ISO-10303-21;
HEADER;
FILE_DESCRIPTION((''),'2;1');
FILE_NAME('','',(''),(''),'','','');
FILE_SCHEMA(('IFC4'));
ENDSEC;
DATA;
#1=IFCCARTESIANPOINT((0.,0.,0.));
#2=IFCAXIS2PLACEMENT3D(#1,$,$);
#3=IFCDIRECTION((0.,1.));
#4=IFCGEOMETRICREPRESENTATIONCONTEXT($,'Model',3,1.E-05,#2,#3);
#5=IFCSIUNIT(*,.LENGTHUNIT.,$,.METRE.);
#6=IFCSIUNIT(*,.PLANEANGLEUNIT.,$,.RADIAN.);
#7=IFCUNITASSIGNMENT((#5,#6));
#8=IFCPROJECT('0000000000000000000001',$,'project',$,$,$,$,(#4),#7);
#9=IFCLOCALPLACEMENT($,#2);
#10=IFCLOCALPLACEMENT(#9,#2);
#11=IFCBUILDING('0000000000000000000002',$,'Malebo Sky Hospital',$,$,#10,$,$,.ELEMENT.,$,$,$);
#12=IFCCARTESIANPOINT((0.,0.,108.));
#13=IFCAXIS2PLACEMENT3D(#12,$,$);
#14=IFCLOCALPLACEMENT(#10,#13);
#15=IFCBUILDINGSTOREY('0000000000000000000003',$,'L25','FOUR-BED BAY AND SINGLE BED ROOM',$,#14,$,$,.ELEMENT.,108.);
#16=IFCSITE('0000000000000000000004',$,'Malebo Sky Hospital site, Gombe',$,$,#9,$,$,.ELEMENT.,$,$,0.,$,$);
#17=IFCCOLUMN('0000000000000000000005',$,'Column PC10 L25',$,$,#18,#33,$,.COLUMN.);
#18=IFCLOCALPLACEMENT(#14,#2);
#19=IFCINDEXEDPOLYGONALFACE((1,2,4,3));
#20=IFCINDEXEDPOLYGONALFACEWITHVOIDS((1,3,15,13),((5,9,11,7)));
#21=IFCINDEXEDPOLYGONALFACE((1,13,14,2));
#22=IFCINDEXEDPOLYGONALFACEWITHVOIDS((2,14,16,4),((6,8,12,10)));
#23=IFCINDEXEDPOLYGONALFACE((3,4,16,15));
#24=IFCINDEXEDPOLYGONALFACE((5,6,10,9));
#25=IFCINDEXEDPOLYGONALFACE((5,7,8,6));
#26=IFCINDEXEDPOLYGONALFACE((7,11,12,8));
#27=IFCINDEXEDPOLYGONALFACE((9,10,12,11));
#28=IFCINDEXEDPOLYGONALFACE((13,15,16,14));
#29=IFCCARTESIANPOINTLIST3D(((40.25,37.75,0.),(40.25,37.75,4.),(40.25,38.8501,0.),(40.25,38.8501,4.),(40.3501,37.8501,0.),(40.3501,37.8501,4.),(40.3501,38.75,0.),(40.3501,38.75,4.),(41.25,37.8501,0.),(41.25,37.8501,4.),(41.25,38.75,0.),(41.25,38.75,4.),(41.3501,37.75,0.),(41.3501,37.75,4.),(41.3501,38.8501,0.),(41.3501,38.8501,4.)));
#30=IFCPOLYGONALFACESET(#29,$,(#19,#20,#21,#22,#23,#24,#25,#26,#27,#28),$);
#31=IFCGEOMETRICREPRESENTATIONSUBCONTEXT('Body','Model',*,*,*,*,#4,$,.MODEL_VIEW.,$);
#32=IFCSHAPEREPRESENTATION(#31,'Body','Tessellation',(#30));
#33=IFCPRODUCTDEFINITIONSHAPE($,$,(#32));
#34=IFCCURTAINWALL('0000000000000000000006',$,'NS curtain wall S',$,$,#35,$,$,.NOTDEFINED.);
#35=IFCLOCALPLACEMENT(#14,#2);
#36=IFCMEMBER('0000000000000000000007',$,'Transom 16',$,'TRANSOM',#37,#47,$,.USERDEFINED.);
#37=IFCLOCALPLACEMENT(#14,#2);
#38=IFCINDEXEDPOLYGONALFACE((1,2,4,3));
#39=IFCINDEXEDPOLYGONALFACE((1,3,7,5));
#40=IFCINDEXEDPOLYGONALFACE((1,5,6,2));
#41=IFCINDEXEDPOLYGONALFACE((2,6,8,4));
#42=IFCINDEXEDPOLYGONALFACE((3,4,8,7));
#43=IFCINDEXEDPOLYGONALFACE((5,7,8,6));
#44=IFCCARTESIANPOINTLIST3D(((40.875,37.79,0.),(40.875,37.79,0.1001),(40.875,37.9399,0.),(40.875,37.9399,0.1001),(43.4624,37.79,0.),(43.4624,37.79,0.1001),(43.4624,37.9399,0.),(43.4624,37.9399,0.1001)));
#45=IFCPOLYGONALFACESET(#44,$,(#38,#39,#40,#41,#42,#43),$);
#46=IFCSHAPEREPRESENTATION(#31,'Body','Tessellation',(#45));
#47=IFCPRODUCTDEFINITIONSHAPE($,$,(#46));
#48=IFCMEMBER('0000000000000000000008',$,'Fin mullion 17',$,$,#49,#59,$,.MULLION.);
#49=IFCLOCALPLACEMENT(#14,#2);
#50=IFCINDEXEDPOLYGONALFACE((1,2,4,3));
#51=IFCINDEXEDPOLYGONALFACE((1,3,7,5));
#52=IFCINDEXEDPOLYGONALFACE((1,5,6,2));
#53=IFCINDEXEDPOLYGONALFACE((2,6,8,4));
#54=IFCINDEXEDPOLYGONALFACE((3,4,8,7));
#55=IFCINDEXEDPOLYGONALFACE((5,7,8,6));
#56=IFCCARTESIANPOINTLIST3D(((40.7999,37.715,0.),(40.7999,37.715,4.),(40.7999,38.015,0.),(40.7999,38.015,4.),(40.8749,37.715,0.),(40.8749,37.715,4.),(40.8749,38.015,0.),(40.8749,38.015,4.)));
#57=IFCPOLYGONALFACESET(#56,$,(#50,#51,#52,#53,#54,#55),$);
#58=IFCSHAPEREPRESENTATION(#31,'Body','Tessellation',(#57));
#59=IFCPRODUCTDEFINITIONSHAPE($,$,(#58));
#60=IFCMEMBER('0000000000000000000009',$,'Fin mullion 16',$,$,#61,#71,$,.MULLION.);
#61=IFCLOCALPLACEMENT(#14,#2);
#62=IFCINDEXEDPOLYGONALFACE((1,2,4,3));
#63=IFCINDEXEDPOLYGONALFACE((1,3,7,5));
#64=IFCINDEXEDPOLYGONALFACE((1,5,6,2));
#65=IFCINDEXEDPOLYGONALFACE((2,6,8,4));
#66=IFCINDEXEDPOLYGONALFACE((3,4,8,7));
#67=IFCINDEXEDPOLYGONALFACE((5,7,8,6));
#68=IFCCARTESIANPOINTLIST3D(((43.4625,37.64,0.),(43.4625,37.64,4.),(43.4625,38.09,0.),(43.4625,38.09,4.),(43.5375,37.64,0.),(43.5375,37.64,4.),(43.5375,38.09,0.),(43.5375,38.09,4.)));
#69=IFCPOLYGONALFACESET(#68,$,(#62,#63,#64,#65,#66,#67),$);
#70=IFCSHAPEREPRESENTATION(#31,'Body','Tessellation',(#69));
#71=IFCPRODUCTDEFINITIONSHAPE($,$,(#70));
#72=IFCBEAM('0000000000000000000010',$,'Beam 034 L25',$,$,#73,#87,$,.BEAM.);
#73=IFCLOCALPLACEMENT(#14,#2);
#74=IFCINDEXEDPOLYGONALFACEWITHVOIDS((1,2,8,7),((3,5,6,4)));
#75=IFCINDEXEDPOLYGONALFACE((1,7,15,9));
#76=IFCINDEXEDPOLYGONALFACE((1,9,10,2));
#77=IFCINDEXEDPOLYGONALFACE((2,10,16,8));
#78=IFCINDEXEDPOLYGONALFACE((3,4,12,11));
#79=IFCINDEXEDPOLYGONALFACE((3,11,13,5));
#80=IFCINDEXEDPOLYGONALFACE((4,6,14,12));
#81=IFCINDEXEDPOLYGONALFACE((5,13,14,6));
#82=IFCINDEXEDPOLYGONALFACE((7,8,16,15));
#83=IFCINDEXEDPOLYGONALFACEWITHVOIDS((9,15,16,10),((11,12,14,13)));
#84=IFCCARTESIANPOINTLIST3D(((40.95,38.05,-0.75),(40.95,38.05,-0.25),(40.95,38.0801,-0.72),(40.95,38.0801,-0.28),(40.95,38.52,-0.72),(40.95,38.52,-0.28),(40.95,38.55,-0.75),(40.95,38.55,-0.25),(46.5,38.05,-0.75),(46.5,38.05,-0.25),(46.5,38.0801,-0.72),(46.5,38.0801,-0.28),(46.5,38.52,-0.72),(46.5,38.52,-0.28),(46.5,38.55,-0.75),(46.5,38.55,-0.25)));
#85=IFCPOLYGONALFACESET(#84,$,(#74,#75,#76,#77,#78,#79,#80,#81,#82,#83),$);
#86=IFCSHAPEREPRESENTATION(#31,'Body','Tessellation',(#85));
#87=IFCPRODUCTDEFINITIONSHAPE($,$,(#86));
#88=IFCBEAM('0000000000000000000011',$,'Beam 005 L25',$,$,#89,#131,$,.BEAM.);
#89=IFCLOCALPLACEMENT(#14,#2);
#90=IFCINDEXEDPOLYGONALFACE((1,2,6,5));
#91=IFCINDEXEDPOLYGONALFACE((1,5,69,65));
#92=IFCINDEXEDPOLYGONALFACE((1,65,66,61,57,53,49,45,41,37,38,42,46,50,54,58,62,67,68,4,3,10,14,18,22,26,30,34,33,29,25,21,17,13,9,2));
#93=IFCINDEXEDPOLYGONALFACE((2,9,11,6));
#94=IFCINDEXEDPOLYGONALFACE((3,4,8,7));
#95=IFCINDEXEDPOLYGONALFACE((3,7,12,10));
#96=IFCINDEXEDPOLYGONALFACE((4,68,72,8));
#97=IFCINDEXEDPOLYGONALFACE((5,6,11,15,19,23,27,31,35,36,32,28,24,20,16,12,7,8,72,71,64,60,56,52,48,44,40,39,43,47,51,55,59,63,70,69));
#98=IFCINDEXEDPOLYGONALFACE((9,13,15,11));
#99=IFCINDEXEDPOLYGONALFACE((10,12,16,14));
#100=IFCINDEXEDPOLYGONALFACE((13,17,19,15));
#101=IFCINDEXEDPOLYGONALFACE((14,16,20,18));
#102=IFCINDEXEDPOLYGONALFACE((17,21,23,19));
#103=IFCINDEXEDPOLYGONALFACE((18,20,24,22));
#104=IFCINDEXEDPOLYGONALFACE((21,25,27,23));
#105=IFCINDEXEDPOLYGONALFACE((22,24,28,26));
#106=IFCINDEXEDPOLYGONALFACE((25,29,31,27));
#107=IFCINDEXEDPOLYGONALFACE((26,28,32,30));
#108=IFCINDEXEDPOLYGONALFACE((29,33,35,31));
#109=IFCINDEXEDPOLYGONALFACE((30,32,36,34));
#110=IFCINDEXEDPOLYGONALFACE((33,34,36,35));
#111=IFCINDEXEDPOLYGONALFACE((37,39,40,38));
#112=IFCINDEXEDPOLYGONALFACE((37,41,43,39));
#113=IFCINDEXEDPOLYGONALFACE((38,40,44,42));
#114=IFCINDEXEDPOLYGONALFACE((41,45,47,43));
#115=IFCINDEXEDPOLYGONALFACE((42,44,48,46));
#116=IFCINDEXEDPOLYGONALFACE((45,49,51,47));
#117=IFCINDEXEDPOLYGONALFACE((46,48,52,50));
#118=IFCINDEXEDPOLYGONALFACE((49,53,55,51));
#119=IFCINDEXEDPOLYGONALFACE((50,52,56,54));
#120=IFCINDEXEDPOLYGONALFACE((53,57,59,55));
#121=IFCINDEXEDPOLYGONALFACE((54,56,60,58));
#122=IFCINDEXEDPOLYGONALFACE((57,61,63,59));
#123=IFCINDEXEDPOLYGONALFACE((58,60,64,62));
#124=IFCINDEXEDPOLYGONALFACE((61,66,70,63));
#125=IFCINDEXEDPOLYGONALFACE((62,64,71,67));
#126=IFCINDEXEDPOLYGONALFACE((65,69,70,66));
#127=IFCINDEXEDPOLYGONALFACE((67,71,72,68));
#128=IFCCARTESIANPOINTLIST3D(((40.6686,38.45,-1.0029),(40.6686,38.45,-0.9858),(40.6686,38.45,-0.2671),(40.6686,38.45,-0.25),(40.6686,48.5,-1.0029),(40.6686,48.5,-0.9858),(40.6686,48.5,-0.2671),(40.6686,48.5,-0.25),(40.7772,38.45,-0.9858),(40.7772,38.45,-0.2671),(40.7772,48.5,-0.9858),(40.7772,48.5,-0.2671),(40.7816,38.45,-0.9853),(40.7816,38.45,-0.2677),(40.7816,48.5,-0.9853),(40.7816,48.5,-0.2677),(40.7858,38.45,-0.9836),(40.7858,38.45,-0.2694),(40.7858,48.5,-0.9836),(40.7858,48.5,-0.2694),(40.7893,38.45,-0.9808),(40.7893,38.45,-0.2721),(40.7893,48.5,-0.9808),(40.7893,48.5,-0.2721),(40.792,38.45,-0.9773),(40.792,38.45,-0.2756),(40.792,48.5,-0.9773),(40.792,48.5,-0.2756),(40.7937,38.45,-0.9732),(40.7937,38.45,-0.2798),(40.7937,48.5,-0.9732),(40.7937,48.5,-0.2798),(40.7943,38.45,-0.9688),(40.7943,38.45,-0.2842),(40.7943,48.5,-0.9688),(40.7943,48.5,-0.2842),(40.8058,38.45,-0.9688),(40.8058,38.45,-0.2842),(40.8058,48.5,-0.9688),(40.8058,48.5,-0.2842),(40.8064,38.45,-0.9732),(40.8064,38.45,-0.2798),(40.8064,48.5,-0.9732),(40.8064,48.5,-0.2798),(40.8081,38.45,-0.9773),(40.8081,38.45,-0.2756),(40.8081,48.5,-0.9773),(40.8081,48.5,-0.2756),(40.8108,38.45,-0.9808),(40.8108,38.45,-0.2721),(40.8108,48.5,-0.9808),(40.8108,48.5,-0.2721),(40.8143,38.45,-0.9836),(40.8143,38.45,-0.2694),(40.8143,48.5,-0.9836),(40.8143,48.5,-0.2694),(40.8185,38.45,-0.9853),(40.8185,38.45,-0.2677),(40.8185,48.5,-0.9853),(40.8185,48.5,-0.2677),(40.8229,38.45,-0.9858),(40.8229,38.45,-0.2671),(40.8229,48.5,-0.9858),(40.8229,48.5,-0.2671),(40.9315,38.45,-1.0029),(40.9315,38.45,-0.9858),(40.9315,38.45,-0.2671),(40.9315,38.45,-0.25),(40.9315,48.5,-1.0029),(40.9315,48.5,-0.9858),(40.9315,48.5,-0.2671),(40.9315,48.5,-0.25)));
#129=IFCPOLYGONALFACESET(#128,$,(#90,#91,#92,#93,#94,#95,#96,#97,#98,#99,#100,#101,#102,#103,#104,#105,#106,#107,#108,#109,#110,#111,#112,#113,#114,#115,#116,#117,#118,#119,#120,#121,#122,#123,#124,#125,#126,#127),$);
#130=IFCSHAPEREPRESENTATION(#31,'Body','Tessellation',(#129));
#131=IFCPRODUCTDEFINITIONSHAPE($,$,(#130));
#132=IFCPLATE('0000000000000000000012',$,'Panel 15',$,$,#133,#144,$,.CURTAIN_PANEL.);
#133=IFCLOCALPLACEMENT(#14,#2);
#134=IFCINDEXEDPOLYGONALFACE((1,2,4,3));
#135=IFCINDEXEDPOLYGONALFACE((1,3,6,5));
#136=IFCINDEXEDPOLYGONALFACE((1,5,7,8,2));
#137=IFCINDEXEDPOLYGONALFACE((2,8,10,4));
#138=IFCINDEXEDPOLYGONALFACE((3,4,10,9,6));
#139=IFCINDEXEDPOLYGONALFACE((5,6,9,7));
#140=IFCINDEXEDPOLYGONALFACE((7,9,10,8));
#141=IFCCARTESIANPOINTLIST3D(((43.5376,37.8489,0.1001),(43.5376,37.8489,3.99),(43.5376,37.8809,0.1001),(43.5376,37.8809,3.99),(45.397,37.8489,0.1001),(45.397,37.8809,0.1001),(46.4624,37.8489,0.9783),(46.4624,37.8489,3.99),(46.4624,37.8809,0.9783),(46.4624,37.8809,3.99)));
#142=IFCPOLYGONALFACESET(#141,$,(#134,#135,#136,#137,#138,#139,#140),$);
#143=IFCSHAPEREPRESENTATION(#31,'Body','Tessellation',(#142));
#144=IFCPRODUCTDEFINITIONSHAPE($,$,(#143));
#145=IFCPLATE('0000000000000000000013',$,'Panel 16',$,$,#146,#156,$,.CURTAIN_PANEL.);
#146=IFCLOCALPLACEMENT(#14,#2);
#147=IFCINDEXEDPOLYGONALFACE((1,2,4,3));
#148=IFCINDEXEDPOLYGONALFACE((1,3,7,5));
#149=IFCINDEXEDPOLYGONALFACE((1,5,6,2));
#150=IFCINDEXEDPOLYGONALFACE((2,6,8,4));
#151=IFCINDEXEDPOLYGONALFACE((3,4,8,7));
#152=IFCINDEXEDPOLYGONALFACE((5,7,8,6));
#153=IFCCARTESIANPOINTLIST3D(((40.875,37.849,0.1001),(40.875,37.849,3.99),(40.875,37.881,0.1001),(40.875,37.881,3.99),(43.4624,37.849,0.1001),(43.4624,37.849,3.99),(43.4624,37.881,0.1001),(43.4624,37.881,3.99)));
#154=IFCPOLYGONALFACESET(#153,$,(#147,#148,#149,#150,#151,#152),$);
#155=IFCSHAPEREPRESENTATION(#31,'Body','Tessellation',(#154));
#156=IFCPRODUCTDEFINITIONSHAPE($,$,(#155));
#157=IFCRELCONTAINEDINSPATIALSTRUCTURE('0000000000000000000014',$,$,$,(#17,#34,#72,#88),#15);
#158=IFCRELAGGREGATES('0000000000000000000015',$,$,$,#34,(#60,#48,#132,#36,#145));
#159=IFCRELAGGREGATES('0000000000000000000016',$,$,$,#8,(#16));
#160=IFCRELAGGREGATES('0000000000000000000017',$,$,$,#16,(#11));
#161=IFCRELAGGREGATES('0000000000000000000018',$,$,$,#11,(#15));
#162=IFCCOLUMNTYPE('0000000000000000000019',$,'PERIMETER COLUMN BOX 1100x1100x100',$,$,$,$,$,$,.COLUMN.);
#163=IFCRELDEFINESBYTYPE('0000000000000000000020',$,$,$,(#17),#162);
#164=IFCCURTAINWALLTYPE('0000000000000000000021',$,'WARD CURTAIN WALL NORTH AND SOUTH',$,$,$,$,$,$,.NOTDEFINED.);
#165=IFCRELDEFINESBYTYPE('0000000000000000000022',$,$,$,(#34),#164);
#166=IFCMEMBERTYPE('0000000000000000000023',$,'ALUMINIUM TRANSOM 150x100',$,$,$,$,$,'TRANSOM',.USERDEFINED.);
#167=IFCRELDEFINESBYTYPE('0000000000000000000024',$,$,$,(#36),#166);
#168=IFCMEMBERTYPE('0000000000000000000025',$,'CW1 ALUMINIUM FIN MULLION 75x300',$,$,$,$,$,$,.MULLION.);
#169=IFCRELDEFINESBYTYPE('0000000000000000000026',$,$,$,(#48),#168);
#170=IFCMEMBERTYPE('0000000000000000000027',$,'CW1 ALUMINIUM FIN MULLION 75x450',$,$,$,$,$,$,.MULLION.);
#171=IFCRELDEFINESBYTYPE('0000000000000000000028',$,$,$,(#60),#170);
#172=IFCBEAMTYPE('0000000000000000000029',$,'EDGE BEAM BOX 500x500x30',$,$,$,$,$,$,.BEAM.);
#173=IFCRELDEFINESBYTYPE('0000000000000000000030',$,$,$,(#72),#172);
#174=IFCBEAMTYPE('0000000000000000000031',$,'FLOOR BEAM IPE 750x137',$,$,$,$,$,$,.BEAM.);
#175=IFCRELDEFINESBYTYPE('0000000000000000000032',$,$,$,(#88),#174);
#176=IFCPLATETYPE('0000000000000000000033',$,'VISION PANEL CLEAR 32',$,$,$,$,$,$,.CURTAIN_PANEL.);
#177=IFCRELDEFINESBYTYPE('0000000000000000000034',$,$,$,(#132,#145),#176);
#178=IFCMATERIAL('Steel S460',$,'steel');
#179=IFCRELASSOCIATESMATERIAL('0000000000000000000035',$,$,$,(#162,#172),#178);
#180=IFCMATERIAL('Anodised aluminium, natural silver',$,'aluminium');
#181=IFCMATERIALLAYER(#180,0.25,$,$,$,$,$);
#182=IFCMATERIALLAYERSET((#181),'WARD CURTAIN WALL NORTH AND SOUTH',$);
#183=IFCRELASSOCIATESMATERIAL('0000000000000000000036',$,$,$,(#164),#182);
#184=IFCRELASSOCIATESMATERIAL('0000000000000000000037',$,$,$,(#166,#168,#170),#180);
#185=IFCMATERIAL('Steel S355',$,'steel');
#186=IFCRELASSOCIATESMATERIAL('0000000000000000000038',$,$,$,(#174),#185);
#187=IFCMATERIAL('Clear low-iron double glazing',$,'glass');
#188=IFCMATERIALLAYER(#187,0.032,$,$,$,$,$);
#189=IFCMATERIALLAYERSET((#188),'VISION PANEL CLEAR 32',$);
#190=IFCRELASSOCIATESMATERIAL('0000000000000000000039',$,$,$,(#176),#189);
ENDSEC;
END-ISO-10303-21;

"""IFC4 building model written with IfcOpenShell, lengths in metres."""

from ifc_helpers import new_model, si_unit, direction, frame, origin, origin_2d, place, context, subcontext, project, spatial, polyline, rectangle, hollow_rectangle, i_section, outline, extrude, material, layer, layer_set, material_profile, profile_set, type_object, element, aggregate, save


model = new_model("IFC4")

# Units and contexts
model_context = context("Model", 3, precision=1e-05, world=origin(), true_north=direction((0.0, 1.0)))
body_context = subcontext(model_context, "Body", "Model", "MODEL_VIEW")
ifc_project = project(units=[si_unit("LENGTHUNIT", "METRE"), si_unit("PLANEANGLEUNIT", "RADIAN")], contexts=[model_context])

# Site, building, storey
site_placement = place(None, origin())
site = spatial("IfcSite", under=ifc_project, at=site_placement, Name="Malebo Sky Hospital site, Gombe", CompositionType="ELEMENT", RefElevation=0.0)
building_placement = place(site_placement, origin())
building = spatial("IfcBuilding", under=site, at=building_placement, Name="Malebo Sky Hospital", CompositionType="ELEMENT")
storey_placement = place(building_placement, frame((0.0, 0.0, 108.0)))
storey = spatial("IfcBuildingStorey", under=building, at=storey_placement, Name="L25", Description="FOUR-BED BAY AND SINGLE BED ROOM", CompositionType="ELEMENT", Elevation=108.0)

# Column
ifc_material_1 = material(Name="Steel S460", Category="steel")
ifc_material_profile_1 = material_profile(ifc_material_1, hollow_rectangle(XDim=1.1001, YDim=1.1001, WallThickness=0.1001, at=origin_2d()), Name="BOX 1100x1100x100")
ifc_profile_set_1 = profile_set([ifc_material_profile_1], Name="Steel S460")
column_type = type_object("IfcColumnType", Name="PERIMETER COLUMN BOX 1100x1100x100", PredefinedType="COLUMN", material=ifc_profile_set_1)
column_placement = place(storey_placement, frame((40.8, 38.3, 0.0), z_axis=(0.0, 0.0, 1.0), x_axis=(1.0, 0.0, 0.0)))
element("IfcColumn", 1, at=column_placement, inside=storey, type_object=column_type, Name="Column PC10 L25", PredefinedType="COLUMN", context=body_context, shape_type="SweptSolid", body=[
    extrude(hollow_rectangle(XDim=1.1001, YDim=1.1001, WallThickness=0.1001, at=origin_2d()), origin(), (0.0, 0.0, 1.0), 4.0),
])

# Curtain wall, members
ifc_material_2 = material(Name="Anodised aluminium, natural silver", Category="aluminium")
ifc_layer_1 = layer(ifc_material_2, 0.25)
ifc_layer_set_1 = layer_set([ifc_layer_1], Name="WARD CURTAIN WALL NORTH AND SOUTH")
curtain_wall_type = type_object("IfcCurtainWallType", Name="WARD CURTAIN WALL NORTH AND SOUTH", PredefinedType="NOTDEFINED", material=ifc_layer_set_1)
curtain_wall_placement = place(storey_placement, origin())
curtain_wall = element("IfcCurtainWall", 2, at=curtain_wall_placement, inside=storey, type_object=curtain_wall_type, Name="NS curtain wall S", PredefinedType="NOTDEFINED")
ifc_material_profile_2 = material_profile(ifc_material_2, rectangle(XDim=0.1499, YDim=0.1001, at=origin_2d()), Name="ALUMINIUM TRANSOM 150x100")
ifc_profile_set_2 = profile_set([ifc_material_profile_2], Name="Anodised aluminium, natural silver")
member_type_1 = type_object("IfcMemberType", Name="ALUMINIUM TRANSOM 150x100", ElementType="TRANSOM", PredefinedType="USERDEFINED", material=ifc_profile_set_2)
member_1_placement = place(storey_placement, frame((43.4624, 37.865, 0.05), z_axis=(-1.0, 0.0, 0.0), x_axis=(0.0, -1.0, 0.0)))
member_1 = element("IfcMember", 3, at=member_1_placement, type_object=member_type_1, Name="Transom 16", ObjectType="TRANSOM", PredefinedType="USERDEFINED", context=body_context, shape_type="SweptSolid", body=[
    extrude(rectangle(XDim=0.1499, YDim=0.1001, at=origin_2d()), origin(), (0.0, 0.0, 1.0), 2.5874),
])
ifc_material_profile_3 = material_profile(ifc_material_2, rectangle(XDim=0.075, YDim=0.3, at=origin_2d()), Name="CW1 ALUMINIUM FIN MULLION 75x300")
ifc_profile_set_3 = profile_set([ifc_material_profile_3], Name="Anodised aluminium, natural silver")
member_type_2 = type_object("IfcMemberType", Name="CW1 ALUMINIUM FIN MULLION 75x300", PredefinedType="MULLION", material=ifc_profile_set_3)
member_2_placement = place(storey_placement, frame((40.8374, 37.865, 0.0), z_axis=(0.0, 0.0, 1.0), x_axis=(-1.0, 0.0, 0.0)))
member_2 = element("IfcMember", 4, at=member_2_placement, type_object=member_type_2, Name="Fin mullion 17", PredefinedType="MULLION", context=body_context, shape_type="SweptSolid", body=[
    extrude(rectangle(XDim=0.075, YDim=0.3, at=origin_2d()), origin(), (0.0, 0.0, 1.0), 4.0),
])
ifc_material_profile_4 = material_profile(ifc_material_2, rectangle(XDim=0.075, YDim=0.45, at=origin_2d()), Name="CW1 ALUMINIUM FIN MULLION 75x450")
ifc_profile_set_4 = profile_set([ifc_material_profile_4], Name="Anodised aluminium, natural silver")
member_type_3 = type_object("IfcMemberType", Name="CW1 ALUMINIUM FIN MULLION 75x450", PredefinedType="MULLION", material=ifc_profile_set_4)
member_3_placement = place(storey_placement, frame((43.5, 37.865, 0.0), z_axis=(0.0, 0.0, 1.0), x_axis=(-1.0, 0.0, 0.0)))
member_3 = element("IfcMember", 5, at=member_3_placement, type_object=member_type_3, Name="Fin mullion 16", PredefinedType="MULLION", context=body_context, shape_type="SweptSolid", body=[
    extrude(rectangle(XDim=0.075, YDim=0.45, at=origin_2d()), origin(), (0.0, 0.0, 1.0), 4.0),
])

# Beams
ifc_material_profile_5 = material_profile(ifc_material_1, hollow_rectangle(XDim=0.5, YDim=0.5, WallThickness=0.03, at=origin_2d()), Name="BOX 500x500x30")
ifc_profile_set_5 = profile_set([ifc_material_profile_5], Name="Steel S460")
beam_type_1 = type_object("IfcBeamType", Name="EDGE BEAM BOX 500x500x30", PredefinedType="BEAM", material=ifc_profile_set_5)
beam_1_placement = place(storey_placement, frame((40.95, 38.3, -0.5), z_axis=(1.0, 0.0, 0.0), x_axis=(0.0, 1.0, 0.0)))
element("IfcBeam", 6, at=beam_1_placement, inside=storey, type_object=beam_type_1, Name="Beam 034 L25", PredefinedType="BEAM", context=body_context, shape_type="SweptSolid", body=[
    extrude(hollow_rectangle(XDim=0.5, YDim=0.5, WallThickness=0.03, at=origin_2d()), origin(), (0.0, 0.0, 1.0), 5.55),
])
ifc_material_3 = material(Name="Steel S355", Category="steel")
ifc_material_profile_6 = material_profile(ifc_material_3, i_section(OverallWidth=0.2629, OverallDepth=0.7529, WebThickness=0.0115, FlangeThickness=0.0171, FilletRadius=0.0171, at=origin_2d()), Name="IPE 750x137")
ifc_profile_set_6 = profile_set([ifc_material_profile_6], Name="Steel S355")
beam_type_2 = type_object("IfcBeamType", Name="FLOOR BEAM IPE 750x137", PredefinedType="BEAM", material=ifc_profile_set_6)
beam_2_placement = place(storey_placement, frame((40.8, 38.45, -0.6265), z_axis=(0.0, 1.0, 0.0), x_axis=(-1.0, 0.0, 0.0)))
element("IfcBeam", 7, at=beam_2_placement, inside=storey, type_object=beam_type_2, Name="Beam 005 L25", PredefinedType="BEAM", context=body_context, shape_type="SweptSolid", body=[
    extrude(i_section(OverallWidth=0.2629, OverallDepth=0.7529, WebThickness=0.0115, FlangeThickness=0.0171, FilletRadius=0.0171, at=origin_2d()), origin(), (0.0, 0.0, 1.0), 10.05),
])

# Plates
ifc_material_4 = material(Name="Clear low-iron double glazing", Category="glass")
ifc_layer_2 = layer(ifc_material_4, 0.032)
ifc_layer_set_2 = layer_set([ifc_layer_2], Name="VISION PANEL CLEAR 32")
plate_type = type_object("IfcPlateType", Name="VISION PANEL CLEAR 32", PredefinedType="CURTAIN_PANEL", material=ifc_layer_set_2)
plate_1_placement = place(storey_placement, frame((45.0, 37.865, 0.1001), z_axis=(0.0, 0.0, 1.0), x_axis=(-1.0, 0.0, 0.0)))
plate_1 = element("IfcPlate", 8, at=plate_1_placement, type_object=plate_type, Name="Panel 15", PredefinedType="CURTAIN_PANEL", context=body_context, shape_type="SweptSolid", body=[
    extrude(outline(polyline([(-0.397, 0.0), (1.4624, 0.0), (1.4624, 3.8899), (-1.4624, 3.8899), (-1.4624, 0.8782), (-0.397, 0.0)])), frame((0.0, 0.0161, 0.0), z_axis=(0.0, -1.0, 0.0), x_axis=(1.0, 0.0, 0.0)), (0.0, 0.0, 1.0), 0.032),
])
plate_2_placement = place(storey_placement, frame((42.1687, 37.865, 0.1001), z_axis=(0.0, 0.0, 1.0), x_axis=(-1.0, 0.0, 0.0)))
plate_2 = element("IfcPlate", 9, at=plate_2_placement, type_object=plate_type, Name="Panel 16", PredefinedType="CURTAIN_PANEL", context=body_context, shape_type="SweptSolid", body=[
    extrude(rectangle(XDim=2.5874, YDim=0.032, at=origin_2d()), origin(), (0.0, 0.0, 1.0), 3.8899),
])
aggregate(curtain_wall, [member_3, member_2, plate_1, member_1, plate_2])

save(model, "model.ifc")
